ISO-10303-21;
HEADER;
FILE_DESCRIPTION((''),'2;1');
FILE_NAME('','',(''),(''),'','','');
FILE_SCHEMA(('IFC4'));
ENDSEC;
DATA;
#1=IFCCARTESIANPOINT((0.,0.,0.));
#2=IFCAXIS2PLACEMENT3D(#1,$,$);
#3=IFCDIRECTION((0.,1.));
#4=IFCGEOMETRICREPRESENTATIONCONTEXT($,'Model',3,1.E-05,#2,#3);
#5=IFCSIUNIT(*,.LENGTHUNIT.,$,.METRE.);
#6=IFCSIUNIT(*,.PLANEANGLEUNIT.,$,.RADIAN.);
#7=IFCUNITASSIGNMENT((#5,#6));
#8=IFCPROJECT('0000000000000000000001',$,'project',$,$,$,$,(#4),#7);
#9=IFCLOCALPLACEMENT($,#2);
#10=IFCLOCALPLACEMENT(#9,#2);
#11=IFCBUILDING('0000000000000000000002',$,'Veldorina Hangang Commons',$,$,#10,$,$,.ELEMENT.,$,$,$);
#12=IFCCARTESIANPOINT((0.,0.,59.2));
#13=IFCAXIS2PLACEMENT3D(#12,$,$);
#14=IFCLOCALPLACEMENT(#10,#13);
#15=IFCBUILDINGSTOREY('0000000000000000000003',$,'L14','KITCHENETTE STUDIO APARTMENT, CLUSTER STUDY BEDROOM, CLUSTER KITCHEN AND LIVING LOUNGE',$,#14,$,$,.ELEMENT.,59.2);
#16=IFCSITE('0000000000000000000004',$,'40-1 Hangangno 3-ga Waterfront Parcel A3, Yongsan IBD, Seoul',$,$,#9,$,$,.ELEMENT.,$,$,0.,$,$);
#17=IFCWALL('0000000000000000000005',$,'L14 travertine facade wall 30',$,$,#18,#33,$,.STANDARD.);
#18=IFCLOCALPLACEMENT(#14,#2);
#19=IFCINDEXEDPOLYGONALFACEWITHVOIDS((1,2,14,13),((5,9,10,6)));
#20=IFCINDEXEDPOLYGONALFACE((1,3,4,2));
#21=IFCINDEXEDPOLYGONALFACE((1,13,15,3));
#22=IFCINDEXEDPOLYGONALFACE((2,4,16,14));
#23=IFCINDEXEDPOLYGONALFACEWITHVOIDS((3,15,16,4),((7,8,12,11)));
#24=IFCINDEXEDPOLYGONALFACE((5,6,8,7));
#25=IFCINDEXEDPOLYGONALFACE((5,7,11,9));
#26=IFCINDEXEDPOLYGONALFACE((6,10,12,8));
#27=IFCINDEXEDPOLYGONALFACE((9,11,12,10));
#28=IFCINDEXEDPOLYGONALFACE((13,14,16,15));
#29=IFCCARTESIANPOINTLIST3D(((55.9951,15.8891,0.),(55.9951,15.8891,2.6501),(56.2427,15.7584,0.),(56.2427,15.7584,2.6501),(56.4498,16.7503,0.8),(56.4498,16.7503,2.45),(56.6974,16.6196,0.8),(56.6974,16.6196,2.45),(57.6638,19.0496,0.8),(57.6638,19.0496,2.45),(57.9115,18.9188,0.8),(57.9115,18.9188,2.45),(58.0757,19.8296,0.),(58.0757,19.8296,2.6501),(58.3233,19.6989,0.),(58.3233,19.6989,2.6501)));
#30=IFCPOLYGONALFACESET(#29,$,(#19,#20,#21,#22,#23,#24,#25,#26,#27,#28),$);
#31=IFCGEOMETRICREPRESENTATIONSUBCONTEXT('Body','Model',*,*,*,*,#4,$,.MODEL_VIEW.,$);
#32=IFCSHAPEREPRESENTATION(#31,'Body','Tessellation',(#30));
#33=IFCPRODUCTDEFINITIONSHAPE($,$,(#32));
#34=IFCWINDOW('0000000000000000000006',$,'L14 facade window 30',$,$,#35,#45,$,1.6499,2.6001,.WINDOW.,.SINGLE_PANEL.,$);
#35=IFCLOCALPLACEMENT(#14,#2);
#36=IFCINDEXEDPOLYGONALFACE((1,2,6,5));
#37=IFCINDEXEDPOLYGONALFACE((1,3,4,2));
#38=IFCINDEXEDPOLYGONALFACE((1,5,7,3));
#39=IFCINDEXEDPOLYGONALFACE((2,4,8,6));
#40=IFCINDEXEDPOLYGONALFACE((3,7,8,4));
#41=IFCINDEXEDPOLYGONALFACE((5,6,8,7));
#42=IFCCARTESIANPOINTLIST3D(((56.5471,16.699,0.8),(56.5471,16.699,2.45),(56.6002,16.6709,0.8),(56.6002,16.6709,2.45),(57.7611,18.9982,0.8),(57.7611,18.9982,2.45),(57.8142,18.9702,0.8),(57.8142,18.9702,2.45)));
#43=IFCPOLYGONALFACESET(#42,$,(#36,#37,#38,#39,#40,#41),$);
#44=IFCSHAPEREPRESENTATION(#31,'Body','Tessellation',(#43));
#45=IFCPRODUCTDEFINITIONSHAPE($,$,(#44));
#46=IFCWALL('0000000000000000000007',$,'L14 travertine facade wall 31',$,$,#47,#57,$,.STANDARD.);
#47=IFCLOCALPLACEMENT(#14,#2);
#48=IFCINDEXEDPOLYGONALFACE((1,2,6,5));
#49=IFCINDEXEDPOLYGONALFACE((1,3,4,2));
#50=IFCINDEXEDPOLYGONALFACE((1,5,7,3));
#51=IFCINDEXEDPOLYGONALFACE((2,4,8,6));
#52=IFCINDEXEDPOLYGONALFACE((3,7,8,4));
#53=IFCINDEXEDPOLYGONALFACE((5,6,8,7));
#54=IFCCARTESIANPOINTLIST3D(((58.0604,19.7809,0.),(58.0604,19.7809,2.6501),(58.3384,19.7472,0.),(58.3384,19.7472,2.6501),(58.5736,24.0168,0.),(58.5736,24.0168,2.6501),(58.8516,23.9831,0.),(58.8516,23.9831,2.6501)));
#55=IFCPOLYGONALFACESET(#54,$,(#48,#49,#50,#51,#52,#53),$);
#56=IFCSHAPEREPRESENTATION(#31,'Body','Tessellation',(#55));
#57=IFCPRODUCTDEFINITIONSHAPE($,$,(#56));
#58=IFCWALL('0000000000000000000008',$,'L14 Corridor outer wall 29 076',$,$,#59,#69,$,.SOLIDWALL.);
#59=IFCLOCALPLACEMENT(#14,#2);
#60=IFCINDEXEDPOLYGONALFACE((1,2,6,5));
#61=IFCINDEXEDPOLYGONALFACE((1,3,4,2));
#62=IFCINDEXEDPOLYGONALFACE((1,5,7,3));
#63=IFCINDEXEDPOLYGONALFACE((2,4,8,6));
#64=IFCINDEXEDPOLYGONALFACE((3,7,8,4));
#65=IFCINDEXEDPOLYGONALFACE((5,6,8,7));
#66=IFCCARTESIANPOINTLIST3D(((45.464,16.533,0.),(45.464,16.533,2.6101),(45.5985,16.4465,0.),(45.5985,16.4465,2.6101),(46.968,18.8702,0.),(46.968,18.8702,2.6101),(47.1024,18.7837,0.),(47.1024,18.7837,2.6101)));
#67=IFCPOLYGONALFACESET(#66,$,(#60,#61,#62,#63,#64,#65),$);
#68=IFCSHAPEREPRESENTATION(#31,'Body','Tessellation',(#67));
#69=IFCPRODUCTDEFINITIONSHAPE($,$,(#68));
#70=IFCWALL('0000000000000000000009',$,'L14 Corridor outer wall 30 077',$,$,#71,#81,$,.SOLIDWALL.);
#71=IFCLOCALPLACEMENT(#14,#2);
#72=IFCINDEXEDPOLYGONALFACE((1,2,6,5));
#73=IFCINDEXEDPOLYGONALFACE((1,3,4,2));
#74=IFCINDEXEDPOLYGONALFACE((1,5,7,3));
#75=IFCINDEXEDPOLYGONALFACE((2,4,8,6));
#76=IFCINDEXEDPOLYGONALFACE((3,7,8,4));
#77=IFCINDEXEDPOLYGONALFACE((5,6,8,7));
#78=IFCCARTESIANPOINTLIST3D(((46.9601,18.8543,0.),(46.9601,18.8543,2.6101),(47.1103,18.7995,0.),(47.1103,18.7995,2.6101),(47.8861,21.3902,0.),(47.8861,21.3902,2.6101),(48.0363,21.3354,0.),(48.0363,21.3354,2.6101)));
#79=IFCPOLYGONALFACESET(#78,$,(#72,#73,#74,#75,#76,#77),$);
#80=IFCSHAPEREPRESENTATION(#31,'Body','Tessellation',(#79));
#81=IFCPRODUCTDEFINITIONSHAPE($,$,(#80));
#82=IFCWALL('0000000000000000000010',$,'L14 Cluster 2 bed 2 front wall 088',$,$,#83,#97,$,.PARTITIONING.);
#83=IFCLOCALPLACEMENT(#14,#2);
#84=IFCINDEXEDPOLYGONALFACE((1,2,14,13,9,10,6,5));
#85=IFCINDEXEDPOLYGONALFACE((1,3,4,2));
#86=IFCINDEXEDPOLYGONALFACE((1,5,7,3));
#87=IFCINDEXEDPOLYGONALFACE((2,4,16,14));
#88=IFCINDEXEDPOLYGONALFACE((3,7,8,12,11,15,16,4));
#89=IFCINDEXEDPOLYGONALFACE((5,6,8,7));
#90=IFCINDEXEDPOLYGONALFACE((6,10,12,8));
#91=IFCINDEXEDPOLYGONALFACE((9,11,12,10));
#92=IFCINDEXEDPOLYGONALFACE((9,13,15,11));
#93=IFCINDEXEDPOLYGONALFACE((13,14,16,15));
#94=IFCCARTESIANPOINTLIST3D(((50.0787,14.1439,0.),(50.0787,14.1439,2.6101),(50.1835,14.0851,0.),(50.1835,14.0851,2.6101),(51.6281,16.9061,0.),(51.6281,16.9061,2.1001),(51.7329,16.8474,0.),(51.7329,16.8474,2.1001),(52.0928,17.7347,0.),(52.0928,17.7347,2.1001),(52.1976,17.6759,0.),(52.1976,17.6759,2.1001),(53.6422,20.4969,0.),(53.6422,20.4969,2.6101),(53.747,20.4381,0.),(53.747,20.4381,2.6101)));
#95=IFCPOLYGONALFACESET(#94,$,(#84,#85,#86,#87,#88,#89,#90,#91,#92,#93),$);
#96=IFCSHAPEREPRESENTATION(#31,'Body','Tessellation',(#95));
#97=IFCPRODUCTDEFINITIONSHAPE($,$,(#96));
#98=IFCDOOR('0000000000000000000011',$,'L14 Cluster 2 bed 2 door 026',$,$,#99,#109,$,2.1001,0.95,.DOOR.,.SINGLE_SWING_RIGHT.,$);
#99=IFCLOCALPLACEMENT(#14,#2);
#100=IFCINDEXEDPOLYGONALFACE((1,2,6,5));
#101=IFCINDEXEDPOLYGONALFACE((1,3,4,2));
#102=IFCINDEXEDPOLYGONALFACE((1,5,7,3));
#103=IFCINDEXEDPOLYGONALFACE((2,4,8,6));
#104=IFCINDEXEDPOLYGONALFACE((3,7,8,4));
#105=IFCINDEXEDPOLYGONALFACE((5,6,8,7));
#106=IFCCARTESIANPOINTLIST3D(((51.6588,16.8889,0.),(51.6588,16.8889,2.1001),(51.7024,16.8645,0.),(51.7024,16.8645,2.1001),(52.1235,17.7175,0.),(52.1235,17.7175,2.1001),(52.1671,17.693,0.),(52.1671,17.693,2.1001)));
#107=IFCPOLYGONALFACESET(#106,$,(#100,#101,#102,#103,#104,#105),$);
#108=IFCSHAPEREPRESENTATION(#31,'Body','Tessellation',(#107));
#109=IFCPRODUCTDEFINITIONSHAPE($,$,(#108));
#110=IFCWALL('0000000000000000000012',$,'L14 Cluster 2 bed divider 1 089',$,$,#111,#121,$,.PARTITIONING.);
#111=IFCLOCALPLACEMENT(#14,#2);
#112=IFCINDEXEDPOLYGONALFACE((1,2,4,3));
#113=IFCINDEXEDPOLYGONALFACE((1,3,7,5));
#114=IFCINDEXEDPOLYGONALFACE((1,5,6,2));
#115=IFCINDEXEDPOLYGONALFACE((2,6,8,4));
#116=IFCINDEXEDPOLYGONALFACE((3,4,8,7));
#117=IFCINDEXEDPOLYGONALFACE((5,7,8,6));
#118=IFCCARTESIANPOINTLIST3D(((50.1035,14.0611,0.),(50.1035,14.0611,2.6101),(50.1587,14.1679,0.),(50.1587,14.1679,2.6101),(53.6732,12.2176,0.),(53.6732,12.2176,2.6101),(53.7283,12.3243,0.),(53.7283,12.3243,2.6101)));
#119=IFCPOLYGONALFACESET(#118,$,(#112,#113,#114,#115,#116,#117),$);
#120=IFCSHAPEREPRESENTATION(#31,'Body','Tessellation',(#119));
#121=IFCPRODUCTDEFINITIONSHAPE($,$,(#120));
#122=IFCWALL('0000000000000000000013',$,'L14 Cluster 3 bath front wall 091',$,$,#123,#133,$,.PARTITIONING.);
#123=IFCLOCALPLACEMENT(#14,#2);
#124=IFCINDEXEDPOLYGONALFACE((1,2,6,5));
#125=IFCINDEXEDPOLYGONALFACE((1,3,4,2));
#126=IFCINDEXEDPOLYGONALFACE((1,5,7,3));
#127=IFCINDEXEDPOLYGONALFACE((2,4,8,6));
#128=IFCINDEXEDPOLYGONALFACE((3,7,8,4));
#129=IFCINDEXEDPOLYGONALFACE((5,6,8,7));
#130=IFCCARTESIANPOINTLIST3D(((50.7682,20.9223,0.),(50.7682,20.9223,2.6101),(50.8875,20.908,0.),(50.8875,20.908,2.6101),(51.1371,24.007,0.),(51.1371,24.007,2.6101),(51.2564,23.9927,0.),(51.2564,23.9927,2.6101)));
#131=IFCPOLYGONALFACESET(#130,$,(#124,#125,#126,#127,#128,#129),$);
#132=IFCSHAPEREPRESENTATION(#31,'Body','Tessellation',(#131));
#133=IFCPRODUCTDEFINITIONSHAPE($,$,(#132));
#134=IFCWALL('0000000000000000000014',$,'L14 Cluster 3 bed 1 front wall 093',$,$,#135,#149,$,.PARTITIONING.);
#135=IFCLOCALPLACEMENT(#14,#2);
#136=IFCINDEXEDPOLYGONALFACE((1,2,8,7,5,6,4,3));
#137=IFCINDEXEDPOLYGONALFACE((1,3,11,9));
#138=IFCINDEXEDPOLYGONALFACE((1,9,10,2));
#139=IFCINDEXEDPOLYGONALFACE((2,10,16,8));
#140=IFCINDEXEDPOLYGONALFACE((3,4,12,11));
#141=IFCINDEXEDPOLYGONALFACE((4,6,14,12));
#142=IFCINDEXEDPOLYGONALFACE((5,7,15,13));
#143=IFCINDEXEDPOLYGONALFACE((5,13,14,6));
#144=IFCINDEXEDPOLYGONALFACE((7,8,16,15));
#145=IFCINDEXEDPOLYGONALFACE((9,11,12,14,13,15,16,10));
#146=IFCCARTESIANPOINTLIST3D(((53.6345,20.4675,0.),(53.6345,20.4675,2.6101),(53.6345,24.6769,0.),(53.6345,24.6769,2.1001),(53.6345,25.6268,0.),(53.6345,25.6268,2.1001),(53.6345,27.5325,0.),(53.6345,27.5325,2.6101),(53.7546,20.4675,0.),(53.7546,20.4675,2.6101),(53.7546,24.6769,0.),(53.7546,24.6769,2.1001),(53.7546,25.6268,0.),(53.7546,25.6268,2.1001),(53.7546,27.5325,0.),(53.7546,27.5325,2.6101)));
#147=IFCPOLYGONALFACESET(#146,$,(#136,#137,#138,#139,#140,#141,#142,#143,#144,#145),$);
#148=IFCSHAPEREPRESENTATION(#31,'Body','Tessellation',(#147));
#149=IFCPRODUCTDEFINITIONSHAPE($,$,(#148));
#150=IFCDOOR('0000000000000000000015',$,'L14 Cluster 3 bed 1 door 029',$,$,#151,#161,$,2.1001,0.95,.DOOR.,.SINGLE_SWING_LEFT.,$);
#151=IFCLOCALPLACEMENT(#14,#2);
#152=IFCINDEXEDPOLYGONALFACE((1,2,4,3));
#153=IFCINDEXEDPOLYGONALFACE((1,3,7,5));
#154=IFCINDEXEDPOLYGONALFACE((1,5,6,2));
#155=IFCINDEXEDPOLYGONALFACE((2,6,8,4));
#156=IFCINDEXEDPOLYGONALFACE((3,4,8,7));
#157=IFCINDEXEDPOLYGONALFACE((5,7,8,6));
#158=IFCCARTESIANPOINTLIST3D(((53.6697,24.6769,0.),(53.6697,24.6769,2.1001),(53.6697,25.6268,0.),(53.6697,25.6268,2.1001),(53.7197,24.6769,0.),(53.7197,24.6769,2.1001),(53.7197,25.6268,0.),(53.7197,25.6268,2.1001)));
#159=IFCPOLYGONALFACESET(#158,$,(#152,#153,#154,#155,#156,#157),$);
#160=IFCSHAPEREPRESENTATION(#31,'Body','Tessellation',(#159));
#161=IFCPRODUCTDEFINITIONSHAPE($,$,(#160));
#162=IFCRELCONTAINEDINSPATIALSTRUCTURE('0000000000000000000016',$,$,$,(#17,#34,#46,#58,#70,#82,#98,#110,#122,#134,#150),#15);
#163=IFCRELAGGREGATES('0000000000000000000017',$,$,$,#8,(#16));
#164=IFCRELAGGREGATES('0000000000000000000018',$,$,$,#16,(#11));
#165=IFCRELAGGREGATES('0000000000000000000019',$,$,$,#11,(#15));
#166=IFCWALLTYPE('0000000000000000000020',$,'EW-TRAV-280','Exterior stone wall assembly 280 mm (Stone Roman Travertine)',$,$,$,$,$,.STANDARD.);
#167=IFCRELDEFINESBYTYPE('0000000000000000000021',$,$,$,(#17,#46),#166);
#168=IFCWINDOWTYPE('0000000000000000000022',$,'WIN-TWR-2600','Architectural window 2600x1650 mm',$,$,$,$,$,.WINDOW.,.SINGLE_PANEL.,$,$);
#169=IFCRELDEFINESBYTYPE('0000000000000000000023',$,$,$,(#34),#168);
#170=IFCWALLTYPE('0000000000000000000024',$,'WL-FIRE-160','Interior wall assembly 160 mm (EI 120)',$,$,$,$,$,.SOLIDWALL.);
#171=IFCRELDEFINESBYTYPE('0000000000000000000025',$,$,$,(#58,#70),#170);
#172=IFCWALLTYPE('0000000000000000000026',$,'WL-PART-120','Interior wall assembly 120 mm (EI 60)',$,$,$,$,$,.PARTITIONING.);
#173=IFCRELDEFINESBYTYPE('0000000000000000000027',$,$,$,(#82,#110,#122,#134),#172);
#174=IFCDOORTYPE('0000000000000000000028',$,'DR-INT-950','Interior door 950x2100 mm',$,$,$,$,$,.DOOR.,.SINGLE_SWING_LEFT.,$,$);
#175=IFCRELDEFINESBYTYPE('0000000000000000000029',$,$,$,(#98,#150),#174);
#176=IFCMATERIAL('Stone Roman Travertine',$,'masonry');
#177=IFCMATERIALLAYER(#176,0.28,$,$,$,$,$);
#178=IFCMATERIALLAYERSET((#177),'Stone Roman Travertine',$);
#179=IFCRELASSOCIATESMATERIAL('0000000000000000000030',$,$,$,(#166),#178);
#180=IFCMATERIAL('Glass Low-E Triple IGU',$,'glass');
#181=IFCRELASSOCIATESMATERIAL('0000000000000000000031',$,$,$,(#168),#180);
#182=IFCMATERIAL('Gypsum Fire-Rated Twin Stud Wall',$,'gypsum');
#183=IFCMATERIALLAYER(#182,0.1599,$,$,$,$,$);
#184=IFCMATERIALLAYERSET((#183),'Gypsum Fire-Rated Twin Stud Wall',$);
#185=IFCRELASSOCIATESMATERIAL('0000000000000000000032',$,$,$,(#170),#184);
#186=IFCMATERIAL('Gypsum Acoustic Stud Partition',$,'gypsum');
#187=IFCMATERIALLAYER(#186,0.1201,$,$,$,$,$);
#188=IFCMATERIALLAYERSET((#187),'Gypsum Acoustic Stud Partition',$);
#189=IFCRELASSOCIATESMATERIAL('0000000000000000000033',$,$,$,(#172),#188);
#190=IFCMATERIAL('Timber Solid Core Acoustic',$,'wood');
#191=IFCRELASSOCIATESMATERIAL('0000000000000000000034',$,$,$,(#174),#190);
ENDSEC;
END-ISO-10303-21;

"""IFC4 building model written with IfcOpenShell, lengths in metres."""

from ifc_helpers import new_model, si_unit, direction, frame, frame_2d, origin, place, context, subcontext, project, spatial, rectangle, extrude, material, layer, layer_set, type_object, element, fill, save


model = new_model("IFC4")

# Units and contexts
model_context = context("Model", 3, precision=1e-05, world=origin(), true_north=direction((0.0, 1.0)))
body_context = subcontext(model_context, "Body", "Model", "MODEL_VIEW")
ifc_project = project(units=[si_unit("LENGTHUNIT", "METRE"), si_unit("PLANEANGLEUNIT", "RADIAN")], contexts=[model_context])

# Site, building, storey
site_placement = place(None, origin())
site = spatial("IfcSite", under=ifc_project, at=site_placement, Name="40-1 Hangangno 3-ga Waterfront Parcel A3, Yongsan IBD, Seoul", CompositionType="ELEMENT", RefElevation=0.0)
building_placement = place(site_placement, origin())
building = spatial("IfcBuilding", under=site, at=building_placement, Name="Veldorina Hangang Commons", CompositionType="ELEMENT")
storey_placement = place(building_placement, frame((0.0, 0.0, 59.2)))
storey = spatial("IfcBuildingStorey", under=building, at=storey_placement, Name="L14", Description="KITCHENETTE STUDIO APARTMENT, CLUSTER STUDY BEDROOM, CLUSTER KITCHEN AND LIVING LOUNGE", CompositionType="ELEMENT", Elevation=59.2)

# Shared definitions
ifc_material_1 = material(Name="Glass Low-E Triple IGU", Category="glass")

# Wall, opening, window
ifc_material_2 = material(Name="Stone Roman Travertine", Category="masonry")
ifc_layer_1 = layer(ifc_material_2, 0.28)
ifc_layer_set_1 = layer_set([ifc_layer_1], Name="Stone Roman Travertine")
wall_type_1 = type_object("IfcWallType", Name="EW-TRAV-280", Description="Exterior stone wall assembly 280 mm (Stone Roman Travertine)", PredefinedType="STANDARD", material=ifc_layer_set_1)
wall_1_placement = place(storey_placement, frame((56.1189, 15.8237, 0.0), z_axis=(0.0, 0.0, 1.0), x_axis=(0.466916, 0.884302, 0.0)))
wall_1 = element("IfcWall", 1, at=wall_1_placement, inside=storey, type_object=wall_type_1, Name="L14 travertine facade wall 30", PredefinedType="STANDARD", context=body_context, shape_type="SweptSolid", body=[
    extrude(rectangle(XDim=4.4561, YDim=0.28, at=frame_2d((2.228, 0.0))), origin(), (0.0, 0.0, 1.0), 2.6501),
])
opening_1_placement = place(wall_1_placement, frame((0.9739, 0.0, 0.8)))
opening_1 = element("IfcOpeningElement", 2, at=opening_1_placement, cuts=wall_1, PredefinedType="OPENING", context=body_context, shape_type="SweptSolid", body=[
    extrude(rectangle(XDim=2.6001, YDim=1.6499, at=frame_2d((1.3, 0.825))), frame((0.0, 0.1499, 0.0), z_axis=(0.0, -1.0, 0.0), x_axis=(1.0, 0.0, 0.0)), (0.0, 0.0, 1.0), 0.3),
])
window_type = type_object("IfcWindowType", Name="WIN-TWR-2600", Description="Architectural window 2600x1650 mm", PartitioningType="SINGLE_PANEL", PredefinedType="WINDOW", material=ifc_material_1)
window_placement = place(opening_1_placement, origin())
window = element("IfcWindow", 3, at=window_placement, inside=storey, type_object=window_type, Name="L14 facade window 30", OverallHeight=1.6499, OverallWidth=2.6001, PartitioningType="SINGLE_PANEL", PredefinedType="WINDOW", context=body_context, shape_type="SweptSolid", body=[
    extrude(rectangle(XDim=2.6001, YDim=1.6499, at=frame_2d((1.3, 0.825))), frame((0.0, 0.03, 0.0), z_axis=(0.0, -1.0, 0.0), x_axis=(1.0, 0.0, 0.0)), (0.0, 0.0, 1.0), 0.0601),
])
fill(opening_1, window)

# Walls
wall_2_placement = place(storey_placement, frame((58.1995, 19.7642, 0.0), z_axis=(0.0, 0.0, 1.0), x_axis=(0.120273, 0.992741, 0.0)))
element("IfcWall", 4, at=wall_2_placement, inside=storey, type_object=wall_type_1, Name="L14 travertine facade wall 31", PredefinedType="STANDARD", context=body_context, shape_type="SweptSolid", body=[
    extrude(rectangle(XDim=4.2668, YDim=0.28, at=frame_2d((2.1333, 0.0))), origin(), (0.0, 0.0, 1.0), 2.6501),
])
ifc_material_3 = material(Name="Gypsum Fire-Rated Twin Stud Wall", Category="gypsum")
ifc_layer_2 = layer(ifc_material_3, 0.1599)
ifc_layer_set_2 = layer_set([ifc_layer_2], Name="Gypsum Fire-Rated Twin Stud Wall")
wall_type_2 = type_object("IfcWallType", Name="WL-FIRE-160", Description="Interior wall assembly 160 mm (EI 120)", PredefinedType="SOLIDWALL", material=ifc_layer_set_2)
wall_3_placement = place(storey_placement, frame((45.5312, 16.4897, 0.0), z_axis=(0.0, 0.0, 1.0), x_axis=(0.541126, 0.840941, 0.0)))
element("IfcWall", 5, at=wall_3_placement, inside=storey, type_object=wall_type_2, Name="L14 Corridor outer wall 29 076", PredefinedType="SOLIDWALL", context=body_context, shape_type="SweptSolid", body=[
    extrude(rectangle(XDim=2.7793, YDim=0.1599, at=frame_2d((1.3896, 0.0))), origin(), (0.0, 0.0, 1.0), 2.6101),
])
wall_4_placement = place(storey_placement, frame((47.0352, 18.8269, 0.0), z_axis=(0.0, 0.0, 1.0), x_axis=(0.343013, 0.93933, 0.0)))
element("IfcWall", 6, at=wall_4_placement, inside=storey, type_object=wall_type_2, Name="L14 Corridor outer wall 30 077", PredefinedType="SOLIDWALL", context=body_context, shape_type="SweptSolid", body=[
    extrude(rectangle(XDim=2.6997, YDim=0.1599, at=frame_2d((1.3499, 0.0))), origin(), (0.0, 0.0, 1.0), 2.6101),
])

# Wall, opening, door
ifc_material_4 = material(Name="Gypsum Acoustic Stud Partition", Category="gypsum")
ifc_layer_3 = layer(ifc_material_4, 0.1201)
ifc_layer_set_3 = layer_set([ifc_layer_3], Name="Gypsum Acoustic Stud Partition")
wall_type_3 = type_object("IfcWallType", Name="WL-PART-120", Description="Interior wall assembly 120 mm (EI 60)", PredefinedType="PARTITIONING", material=ifc_layer_set_3)
wall_5_placement = place(storey_placement, frame((50.1311, 14.1145, 0.0), z_axis=(0.0, 0.0, 1.0), x_axis=(0.489207, 0.872167, 0.0)))
wall_5 = element("IfcWall", 7, at=wall_5_placement, inside=storey, type_object=wall_type_3, Name="L14 Cluster 2 bed 2 front wall 088", PredefinedType="PARTITIONING", context=body_context, shape_type="SweptSolid", body=[
    extrude(rectangle(XDim=7.2842, YDim=0.1201, at=frame_2d((3.6421, 0.0))), origin(), (0.0, 0.0, 1.0), 2.6101),
])
opening_2_placement = place(wall_5_placement, frame((3.167, 0.0, 0.0)))
opening_2 = element("IfcOpeningElement", 8, at=opening_2_placement, cuts=wall_5, PredefinedType="OPENING", context=body_context, shape_type="SweptSolid", body=[
    extrude(rectangle(XDim=0.95, YDim=2.1001, at=frame_2d((0.4751, 1.05))), frame((0.0, 0.0701, 0.0), z_axis=(0.0, -1.0, 0.0), x_axis=(1.0, 0.0, 0.0)), (0.0, 0.0, 1.0), 0.1401),
])
ifc_material_5 = material(Name="Timber Solid Core Acoustic", Category="wood")
door_type = type_object("IfcDoorType", Name="DR-INT-950", Description="Interior door 950x2100 mm", OperationType="SINGLE_SWING_LEFT", PredefinedType="DOOR", material=ifc_material_5)
door_1_placement = place(opening_2_placement, origin())
door_1 = element("IfcDoor", 9, at=door_1_placement, inside=storey, type_object=door_type, Name="L14 Cluster 2 bed 2 door 026", OperationType="SINGLE_SWING_RIGHT", OverallHeight=2.1001, OverallWidth=0.95, PredefinedType="DOOR", context=body_context, shape_type="SweptSolid", body=[
    extrude(rectangle(XDim=0.95, YDim=2.1001, at=frame_2d((0.4751, 1.05))), frame((0.0, 0.0249, 0.0), z_axis=(0.0, -1.0, 0.0), x_axis=(1.0, 0.0, 0.0)), (0.0, 0.0, 1.0), 0.05),
])
fill(opening_2, door_1)

# Walls
wall_6_placement = place(storey_placement, frame((50.1311, 14.1145, 0.0), z_axis=(0.0, 0.0, 1.0), x_axis=(0.888505, -0.458867, 0.0)))
element("IfcWall", 10, at=wall_6_placement, inside=storey, type_object=wall_type_3, Name="L14 Cluster 2 bed divider 1 089", PredefinedType="PARTITIONING", context=body_context, shape_type="SweptSolid", body=[
    extrude(rectangle(XDim=4.0176, YDim=0.1201, at=frame_2d((2.0088, 0.0))), origin(), (0.0, 0.0, 1.0), 2.6101),
])
wall_7_placement = place(storey_placement, frame((50.8279, 20.9153, 0.0), z_axis=(0.0, 0.0, 1.0), x_axis=(0.118742, 0.992925, 0.0)))
element("IfcWall", 11, at=wall_7_placement, inside=storey, type_object=wall_type_3, Name="L14 Cluster 3 bath front wall 091", PredefinedType="PARTITIONING", context=body_context, shape_type="SweptSolid", body=[
    extrude(rectangle(XDim=3.1067, YDim=0.1201, at=frame_2d((1.5532, 0.0))), origin(), (0.0, 0.0, 1.0), 2.6101),
])

# Wall, opening, door
wall_8_placement = place(storey_placement, frame((53.6946, 20.4675, 0.0), z_axis=(0.0, 0.0, 1.0), x_axis=(0.0, 1.0, 0.0)))
wall_8 = element("IfcWall", 12, at=wall_8_placement, inside=storey, type_object=wall_type_3, Name="L14 Cluster 3 bed 1 front wall 093", PredefinedType="PARTITIONING", context=body_context, shape_type="SweptSolid", body=[
    extrude(rectangle(XDim=7.0649, YDim=0.1201, at=frame_2d((3.5325, 0.0))), origin(), (0.0, 0.0, 1.0), 2.6101),
])
opening_3_placement = place(wall_8_placement, frame((4.2092, 0.0, 0.0)))
opening_3 = element("IfcOpeningElement", 13, at=opening_3_placement, cuts=wall_8, PredefinedType="OPENING", context=body_context, shape_type="SweptSolid", body=[
    extrude(rectangle(XDim=0.95, YDim=2.1001, at=frame_2d((0.4751, 1.05))), frame((0.0, 0.0701, 0.0), z_axis=(0.0, -1.0, 0.0), x_axis=(1.0, 0.0, 0.0)), (0.0, 0.0, 1.0), 0.1401),
])
door_2_placement = place(opening_3_placement, origin())
door_2 = element("IfcDoor", 14, at=door_2_placement, inside=storey, type_object=door_type, Name="L14 Cluster 3 bed 1 door 029", OperationType="SINGLE_SWING_LEFT", OverallHeight=2.1001, OverallWidth=0.95, PredefinedType="DOOR", context=body_context, shape_type="SweptSolid", body=[
    extrude(rectangle(XDim=0.95, YDim=2.1001, at=frame_2d((0.4751, 1.05))), frame((0.0, 0.0249, 0.0), z_axis=(0.0, -1.0, 0.0), x_axis=(1.0, 0.0, 0.0)), (0.0, 0.0, 1.0), 0.05),
])
fill(opening_3, door_2)

save(model, "model.ifc")
